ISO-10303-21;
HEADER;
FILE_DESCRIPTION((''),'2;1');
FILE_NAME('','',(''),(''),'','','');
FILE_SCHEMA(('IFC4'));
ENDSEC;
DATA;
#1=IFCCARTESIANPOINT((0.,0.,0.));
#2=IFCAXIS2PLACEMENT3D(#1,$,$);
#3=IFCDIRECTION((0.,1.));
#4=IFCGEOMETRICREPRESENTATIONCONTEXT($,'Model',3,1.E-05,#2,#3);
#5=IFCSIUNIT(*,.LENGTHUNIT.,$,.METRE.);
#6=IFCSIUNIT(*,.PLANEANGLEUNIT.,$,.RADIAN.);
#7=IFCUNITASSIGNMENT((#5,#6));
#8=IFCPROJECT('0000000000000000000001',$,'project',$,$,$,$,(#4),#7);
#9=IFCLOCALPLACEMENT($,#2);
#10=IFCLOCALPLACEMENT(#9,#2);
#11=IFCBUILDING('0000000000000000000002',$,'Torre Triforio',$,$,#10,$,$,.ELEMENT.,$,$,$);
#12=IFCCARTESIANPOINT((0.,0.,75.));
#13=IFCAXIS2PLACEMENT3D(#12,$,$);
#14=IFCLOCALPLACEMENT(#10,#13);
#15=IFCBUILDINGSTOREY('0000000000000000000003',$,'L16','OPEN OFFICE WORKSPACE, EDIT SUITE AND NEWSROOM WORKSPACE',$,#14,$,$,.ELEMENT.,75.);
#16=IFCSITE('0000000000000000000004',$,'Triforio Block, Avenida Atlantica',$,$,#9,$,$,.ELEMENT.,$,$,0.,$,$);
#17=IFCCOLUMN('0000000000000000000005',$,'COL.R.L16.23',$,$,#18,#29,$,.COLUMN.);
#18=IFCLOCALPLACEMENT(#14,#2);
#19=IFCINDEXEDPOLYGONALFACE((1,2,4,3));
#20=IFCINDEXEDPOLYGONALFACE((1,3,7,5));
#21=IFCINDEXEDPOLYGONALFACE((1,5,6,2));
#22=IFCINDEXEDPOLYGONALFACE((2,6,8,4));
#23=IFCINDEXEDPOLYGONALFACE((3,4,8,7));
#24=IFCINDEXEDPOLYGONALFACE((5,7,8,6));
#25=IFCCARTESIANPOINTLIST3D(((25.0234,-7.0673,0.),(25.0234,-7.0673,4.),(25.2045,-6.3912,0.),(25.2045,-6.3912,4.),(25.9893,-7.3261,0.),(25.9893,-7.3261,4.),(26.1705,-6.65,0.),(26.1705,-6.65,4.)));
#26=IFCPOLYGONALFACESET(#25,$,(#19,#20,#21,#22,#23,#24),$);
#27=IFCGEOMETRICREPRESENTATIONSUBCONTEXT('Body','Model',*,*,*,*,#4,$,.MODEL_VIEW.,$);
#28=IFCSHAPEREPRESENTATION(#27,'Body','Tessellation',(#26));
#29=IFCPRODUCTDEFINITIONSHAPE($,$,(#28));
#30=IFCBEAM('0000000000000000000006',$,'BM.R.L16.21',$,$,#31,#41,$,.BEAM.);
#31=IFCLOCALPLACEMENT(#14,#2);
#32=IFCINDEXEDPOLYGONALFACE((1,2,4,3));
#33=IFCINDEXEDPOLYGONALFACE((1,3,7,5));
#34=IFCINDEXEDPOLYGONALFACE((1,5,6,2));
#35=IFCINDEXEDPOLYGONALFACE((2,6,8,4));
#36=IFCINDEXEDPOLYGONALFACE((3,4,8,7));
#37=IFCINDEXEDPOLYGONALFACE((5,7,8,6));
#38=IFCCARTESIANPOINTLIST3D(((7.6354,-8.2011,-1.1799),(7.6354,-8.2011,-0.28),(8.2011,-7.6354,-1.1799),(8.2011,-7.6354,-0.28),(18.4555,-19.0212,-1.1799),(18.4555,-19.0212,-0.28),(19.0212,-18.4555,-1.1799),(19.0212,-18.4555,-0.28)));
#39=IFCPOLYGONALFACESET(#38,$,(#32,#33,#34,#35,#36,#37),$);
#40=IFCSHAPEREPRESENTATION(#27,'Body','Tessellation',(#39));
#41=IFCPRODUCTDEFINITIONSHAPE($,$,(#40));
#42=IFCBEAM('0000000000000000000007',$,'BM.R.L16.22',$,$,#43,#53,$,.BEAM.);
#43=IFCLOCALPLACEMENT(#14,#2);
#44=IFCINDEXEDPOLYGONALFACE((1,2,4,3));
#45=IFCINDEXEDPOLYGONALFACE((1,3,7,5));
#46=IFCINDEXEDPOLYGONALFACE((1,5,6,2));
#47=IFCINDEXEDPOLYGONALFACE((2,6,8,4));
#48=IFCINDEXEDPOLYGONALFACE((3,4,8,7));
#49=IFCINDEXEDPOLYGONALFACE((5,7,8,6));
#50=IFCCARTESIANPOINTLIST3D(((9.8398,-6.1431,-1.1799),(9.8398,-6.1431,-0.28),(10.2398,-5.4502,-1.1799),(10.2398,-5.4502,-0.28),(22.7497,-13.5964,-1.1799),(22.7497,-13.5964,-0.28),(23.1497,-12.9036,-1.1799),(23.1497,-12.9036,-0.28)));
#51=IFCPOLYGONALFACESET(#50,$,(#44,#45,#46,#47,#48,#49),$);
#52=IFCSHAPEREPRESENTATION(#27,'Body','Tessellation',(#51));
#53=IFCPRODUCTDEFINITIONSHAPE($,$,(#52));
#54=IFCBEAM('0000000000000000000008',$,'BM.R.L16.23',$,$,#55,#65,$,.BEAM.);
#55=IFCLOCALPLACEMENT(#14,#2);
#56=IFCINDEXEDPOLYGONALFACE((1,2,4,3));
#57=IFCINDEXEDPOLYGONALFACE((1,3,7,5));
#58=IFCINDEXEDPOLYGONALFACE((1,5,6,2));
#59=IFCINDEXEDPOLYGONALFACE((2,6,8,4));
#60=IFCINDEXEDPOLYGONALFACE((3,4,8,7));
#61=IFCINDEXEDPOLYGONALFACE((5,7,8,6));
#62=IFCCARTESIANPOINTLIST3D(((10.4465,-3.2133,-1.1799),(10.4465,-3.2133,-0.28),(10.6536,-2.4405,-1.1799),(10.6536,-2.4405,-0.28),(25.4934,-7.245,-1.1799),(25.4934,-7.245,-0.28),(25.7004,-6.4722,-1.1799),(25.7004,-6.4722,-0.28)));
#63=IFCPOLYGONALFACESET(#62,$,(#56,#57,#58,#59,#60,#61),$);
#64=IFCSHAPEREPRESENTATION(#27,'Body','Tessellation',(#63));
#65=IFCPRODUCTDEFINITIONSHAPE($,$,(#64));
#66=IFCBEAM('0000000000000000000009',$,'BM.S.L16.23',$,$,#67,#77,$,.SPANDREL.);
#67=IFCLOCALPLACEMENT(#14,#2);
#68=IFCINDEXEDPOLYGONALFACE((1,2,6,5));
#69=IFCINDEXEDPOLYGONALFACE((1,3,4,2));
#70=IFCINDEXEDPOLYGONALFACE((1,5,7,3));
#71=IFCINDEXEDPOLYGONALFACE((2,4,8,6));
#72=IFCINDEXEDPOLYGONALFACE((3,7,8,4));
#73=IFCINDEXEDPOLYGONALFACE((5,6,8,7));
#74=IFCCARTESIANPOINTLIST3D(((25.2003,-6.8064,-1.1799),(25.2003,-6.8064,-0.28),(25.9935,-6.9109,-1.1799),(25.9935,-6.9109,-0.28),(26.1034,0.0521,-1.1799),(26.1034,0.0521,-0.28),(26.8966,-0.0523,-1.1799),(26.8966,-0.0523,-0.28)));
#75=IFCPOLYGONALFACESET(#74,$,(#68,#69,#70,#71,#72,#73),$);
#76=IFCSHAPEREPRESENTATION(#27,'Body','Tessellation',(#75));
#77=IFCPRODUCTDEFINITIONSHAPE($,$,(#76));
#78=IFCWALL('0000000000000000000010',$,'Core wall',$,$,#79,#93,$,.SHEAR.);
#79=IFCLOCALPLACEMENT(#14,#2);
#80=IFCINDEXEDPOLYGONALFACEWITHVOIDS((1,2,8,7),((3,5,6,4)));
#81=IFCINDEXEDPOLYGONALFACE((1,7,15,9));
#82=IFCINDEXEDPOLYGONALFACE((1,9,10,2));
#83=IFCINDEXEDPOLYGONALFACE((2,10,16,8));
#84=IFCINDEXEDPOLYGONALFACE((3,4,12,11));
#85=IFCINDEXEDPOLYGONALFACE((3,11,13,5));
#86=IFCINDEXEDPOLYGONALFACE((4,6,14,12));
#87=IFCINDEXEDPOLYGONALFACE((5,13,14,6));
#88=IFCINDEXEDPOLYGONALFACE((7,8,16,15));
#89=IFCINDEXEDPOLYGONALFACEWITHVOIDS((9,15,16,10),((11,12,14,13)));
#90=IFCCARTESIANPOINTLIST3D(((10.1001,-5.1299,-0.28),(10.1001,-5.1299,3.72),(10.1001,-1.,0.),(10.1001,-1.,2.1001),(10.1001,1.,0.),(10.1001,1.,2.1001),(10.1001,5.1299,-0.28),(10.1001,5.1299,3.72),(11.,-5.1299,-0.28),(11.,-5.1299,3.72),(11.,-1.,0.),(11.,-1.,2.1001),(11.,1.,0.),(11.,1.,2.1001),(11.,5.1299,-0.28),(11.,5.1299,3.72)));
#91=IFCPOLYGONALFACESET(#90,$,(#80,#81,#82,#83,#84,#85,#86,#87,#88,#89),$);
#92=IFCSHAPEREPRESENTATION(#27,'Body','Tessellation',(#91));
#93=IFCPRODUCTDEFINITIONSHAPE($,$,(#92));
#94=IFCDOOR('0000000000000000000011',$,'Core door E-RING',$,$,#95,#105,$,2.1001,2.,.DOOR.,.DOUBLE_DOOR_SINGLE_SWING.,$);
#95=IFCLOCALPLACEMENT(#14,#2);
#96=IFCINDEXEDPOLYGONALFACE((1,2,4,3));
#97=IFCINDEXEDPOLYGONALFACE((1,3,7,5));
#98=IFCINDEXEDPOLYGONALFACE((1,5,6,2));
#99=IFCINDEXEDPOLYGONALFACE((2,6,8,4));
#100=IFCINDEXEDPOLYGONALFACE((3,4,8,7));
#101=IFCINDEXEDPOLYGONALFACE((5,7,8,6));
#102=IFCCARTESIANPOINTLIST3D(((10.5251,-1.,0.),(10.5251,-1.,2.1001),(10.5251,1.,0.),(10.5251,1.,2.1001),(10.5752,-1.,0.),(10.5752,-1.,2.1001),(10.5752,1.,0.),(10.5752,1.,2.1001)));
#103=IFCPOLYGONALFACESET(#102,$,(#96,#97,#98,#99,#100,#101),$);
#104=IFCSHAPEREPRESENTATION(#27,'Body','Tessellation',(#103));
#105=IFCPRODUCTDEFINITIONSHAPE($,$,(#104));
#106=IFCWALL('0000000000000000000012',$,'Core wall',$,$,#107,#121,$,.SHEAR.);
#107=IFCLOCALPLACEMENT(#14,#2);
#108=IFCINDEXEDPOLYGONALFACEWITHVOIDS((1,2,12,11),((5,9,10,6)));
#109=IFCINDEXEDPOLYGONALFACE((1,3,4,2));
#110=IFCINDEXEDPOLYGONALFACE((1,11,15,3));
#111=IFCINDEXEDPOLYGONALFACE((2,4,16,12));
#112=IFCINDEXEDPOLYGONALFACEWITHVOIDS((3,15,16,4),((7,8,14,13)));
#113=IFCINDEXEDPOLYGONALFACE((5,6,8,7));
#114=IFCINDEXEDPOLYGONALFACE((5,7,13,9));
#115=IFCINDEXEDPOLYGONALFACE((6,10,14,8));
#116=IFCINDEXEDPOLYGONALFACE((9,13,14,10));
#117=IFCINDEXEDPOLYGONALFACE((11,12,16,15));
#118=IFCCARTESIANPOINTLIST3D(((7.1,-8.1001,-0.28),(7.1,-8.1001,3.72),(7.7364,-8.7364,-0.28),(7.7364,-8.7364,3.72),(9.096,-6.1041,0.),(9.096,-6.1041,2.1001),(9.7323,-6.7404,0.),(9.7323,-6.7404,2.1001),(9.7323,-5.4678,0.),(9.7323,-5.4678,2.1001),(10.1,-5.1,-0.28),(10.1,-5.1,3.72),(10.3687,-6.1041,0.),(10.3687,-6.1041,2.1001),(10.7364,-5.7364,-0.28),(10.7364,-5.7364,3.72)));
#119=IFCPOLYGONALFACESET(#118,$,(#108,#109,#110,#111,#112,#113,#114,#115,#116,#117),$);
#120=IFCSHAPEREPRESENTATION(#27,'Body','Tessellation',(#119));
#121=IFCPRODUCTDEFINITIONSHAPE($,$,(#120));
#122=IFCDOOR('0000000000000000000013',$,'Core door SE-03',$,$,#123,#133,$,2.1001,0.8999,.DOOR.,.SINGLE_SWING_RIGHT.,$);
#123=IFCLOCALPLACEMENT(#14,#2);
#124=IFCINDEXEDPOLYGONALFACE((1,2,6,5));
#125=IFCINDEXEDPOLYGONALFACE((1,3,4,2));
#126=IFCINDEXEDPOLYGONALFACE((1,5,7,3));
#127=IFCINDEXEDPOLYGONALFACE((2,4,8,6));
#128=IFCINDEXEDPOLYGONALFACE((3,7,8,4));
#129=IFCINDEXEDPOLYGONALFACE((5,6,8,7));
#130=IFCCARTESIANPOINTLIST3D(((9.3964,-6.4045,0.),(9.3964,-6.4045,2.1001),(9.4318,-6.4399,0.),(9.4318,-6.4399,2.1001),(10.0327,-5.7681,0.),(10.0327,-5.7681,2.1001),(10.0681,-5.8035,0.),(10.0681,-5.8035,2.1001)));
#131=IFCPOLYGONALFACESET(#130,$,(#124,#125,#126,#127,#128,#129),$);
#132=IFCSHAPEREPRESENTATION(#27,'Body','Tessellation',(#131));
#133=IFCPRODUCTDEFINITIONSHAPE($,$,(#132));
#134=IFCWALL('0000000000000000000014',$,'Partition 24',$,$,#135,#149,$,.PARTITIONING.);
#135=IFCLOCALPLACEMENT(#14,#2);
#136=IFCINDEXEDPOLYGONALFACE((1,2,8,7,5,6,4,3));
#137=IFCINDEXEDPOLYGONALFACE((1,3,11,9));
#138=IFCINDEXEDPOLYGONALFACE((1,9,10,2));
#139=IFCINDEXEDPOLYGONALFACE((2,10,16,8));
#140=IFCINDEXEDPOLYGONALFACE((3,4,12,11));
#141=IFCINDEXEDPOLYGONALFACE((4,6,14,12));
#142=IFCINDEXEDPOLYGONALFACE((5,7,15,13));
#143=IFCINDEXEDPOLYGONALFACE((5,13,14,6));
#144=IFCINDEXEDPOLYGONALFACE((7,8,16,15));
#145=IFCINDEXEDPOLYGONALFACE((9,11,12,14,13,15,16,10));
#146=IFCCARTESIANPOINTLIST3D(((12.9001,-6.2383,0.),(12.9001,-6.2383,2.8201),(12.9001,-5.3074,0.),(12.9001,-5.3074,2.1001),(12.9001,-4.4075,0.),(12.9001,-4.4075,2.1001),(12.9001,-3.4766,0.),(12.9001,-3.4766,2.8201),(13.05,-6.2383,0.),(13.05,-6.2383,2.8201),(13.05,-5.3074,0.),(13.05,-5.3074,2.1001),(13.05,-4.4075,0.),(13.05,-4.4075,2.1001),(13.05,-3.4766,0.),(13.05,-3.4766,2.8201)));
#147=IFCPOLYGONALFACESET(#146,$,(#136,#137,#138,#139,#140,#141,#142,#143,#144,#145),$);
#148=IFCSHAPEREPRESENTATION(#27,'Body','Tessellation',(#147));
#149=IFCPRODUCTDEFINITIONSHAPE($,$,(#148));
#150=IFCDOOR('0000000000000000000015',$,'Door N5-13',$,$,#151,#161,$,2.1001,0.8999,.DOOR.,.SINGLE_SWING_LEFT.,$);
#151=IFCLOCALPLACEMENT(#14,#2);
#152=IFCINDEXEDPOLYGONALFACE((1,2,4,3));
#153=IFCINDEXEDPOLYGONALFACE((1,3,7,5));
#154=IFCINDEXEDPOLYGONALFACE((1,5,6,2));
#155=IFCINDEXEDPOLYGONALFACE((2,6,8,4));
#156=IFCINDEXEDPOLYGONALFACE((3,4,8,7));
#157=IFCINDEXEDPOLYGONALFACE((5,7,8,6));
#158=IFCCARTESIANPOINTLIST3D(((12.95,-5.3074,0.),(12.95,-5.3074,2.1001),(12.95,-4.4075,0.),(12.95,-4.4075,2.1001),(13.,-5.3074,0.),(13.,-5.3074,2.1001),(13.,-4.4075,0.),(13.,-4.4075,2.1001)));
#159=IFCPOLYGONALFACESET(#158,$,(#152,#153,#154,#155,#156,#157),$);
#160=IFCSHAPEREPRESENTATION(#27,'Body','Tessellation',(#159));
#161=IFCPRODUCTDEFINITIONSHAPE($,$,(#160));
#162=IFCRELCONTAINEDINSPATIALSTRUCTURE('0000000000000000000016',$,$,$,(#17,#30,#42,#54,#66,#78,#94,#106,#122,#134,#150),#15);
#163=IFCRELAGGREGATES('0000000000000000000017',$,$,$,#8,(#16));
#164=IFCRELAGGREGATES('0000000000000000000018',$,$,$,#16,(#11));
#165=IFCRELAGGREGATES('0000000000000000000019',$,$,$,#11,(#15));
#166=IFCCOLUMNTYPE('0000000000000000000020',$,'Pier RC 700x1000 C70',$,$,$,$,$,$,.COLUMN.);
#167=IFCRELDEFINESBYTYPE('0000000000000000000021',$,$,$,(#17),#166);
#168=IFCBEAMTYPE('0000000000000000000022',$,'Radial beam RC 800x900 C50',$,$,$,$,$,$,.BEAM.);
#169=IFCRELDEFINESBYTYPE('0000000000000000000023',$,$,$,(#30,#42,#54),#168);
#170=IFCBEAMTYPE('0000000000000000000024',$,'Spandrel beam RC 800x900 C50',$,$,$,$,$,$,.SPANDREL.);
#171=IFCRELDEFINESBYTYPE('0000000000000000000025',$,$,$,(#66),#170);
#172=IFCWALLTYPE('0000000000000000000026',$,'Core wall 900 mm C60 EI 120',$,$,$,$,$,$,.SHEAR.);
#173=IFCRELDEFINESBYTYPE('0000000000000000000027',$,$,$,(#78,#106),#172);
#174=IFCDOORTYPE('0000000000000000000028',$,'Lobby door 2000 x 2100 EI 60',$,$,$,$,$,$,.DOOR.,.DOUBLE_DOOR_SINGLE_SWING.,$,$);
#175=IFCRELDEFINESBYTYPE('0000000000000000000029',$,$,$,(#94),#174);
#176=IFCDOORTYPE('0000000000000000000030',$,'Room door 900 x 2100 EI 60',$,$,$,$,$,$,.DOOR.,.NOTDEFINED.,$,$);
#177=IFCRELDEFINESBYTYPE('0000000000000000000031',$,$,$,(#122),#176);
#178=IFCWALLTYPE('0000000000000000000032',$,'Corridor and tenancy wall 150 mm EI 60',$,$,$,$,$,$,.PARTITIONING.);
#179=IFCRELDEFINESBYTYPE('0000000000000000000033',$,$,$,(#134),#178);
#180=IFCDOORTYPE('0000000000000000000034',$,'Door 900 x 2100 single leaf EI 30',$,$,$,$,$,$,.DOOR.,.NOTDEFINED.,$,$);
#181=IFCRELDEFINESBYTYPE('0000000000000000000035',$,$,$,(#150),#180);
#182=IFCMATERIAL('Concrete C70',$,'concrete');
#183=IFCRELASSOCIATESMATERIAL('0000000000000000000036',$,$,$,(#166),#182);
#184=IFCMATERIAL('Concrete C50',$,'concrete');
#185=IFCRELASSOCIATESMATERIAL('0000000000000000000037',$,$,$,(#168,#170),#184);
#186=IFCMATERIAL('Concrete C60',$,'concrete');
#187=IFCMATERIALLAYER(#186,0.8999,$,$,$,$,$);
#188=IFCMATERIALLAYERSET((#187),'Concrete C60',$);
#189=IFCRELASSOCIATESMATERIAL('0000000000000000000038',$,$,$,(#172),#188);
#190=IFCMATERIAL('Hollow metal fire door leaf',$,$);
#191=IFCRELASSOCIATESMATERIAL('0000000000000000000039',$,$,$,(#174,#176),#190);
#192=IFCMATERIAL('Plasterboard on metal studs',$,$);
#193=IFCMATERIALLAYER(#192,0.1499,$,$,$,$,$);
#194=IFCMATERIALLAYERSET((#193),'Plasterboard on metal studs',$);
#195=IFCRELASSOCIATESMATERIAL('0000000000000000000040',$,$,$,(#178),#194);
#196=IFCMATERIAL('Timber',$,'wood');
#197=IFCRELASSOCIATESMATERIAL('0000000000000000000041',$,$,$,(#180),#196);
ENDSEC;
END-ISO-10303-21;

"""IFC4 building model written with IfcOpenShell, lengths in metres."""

from ifc_helpers import new_model, si_unit, direction, frame, frame_2d, origin, origin_2d, place, context, subcontext, project, spatial, rectangle, extrude, material, layer, layer_set, material_profile, profile_set, type_object, element, fill, save


model = new_model("IFC4")

# Units and contexts
model_context = context("Model", 3, precision=1e-05, world=origin(), true_north=direction((0.0, 1.0)))
body_context = subcontext(model_context, "Body", "Model", "MODEL_VIEW")
ifc_project = project(units=[si_unit("LENGTHUNIT", "METRE"), si_unit("PLANEANGLEUNIT", "RADIAN")], contexts=[model_context])

# Site, building, storey
site_placement = place(None, origin())
site = spatial("IfcSite", under=ifc_project, at=site_placement, Name="Triforio Block, Avenida Atlantica", CompositionType="ELEMENT", RefElevation=0.0)
building_placement = place(site_placement, origin())
building = spatial("IfcBuilding", under=site, at=building_placement, Name="Torre Triforio", CompositionType="ELEMENT")
storey_placement = place(building_placement, frame((0.0, 0.0, 75.0)))
storey = spatial("IfcBuildingStorey", under=building, at=storey_placement, Name="L16", Description="OPEN OFFICE WORKSPACE, EDIT SUITE AND NEWSROOM WORKSPACE", CompositionType="ELEMENT", Elevation=75.0)

# Column
ifc_material_1 = material(Name="Concrete C70", Category="concrete")
ifc_material_profile_1 = material_profile(ifc_material_1, rectangle(XDim=0.7, YDim=1.0, at=origin_2d()), Name="RC 700x1000")
ifc_profile_set_1 = profile_set([ifc_material_profile_1], Name="Concrete C70")
column_type = type_object("IfcColumnType", Name="Pier RC 700x1000 C70", PredefinedType="COLUMN", material=ifc_profile_set_1)
column_placement = place(storey_placement, frame((25.5969, -6.8586, 0.0), z_axis=(0.0, 0.0, 1.0), x_axis=(0.258819, 0.965926, 0.0)))
element("IfcColumn", 1, at=column_placement, inside=storey, type_object=column_type, Name="COL.R.L16.23", PredefinedType="COLUMN", context=body_context, shape_type="SweptSolid", body=[
    extrude(rectangle(XDim=0.7, YDim=1.0, at=origin_2d()), origin(), (0.0, 0.0, 1.0), 4.0),
])

# Beams
ifc_material_2 = material(Name="Concrete C50", Category="concrete")
ifc_material_profile_2 = material_profile(ifc_material_2, rectangle(XDim=0.8, YDim=0.8999, at=origin_2d()), Name="RC 800x900")
ifc_profile_set_2 = profile_set([ifc_material_profile_2], Name="Concrete C50")
beam_type_1 = type_object("IfcBeamType", Name="Radial beam RC 800x900 C50", PredefinedType="BEAM", material=ifc_profile_set_2)
beam_1_placement = place(storey_placement, frame((7.9182, -7.9182, -0.73), z_axis=(0.707107, -0.707107, 0.0), x_axis=(0.707107, 0.707107, 0.0)))
element("IfcBeam", 2, at=beam_1_placement, inside=storey, type_object=beam_type_1, Name="BM.R.L16.21", PredefinedType="BEAM", context=body_context, shape_type="SweptSolid", body=[
    extrude(rectangle(XDim=0.8, YDim=0.8999, at=origin_2d()), origin(), (0.0, 0.0, 1.0), 15.302),
])
beam_2_placement = place(storey_placement, frame((10.0398, -5.7966, -0.73), z_axis=(0.86603, -0.499991, 0.0), x_axis=(0.499991, 0.86603, 0.0)))
element("IfcBeam", 3, at=beam_2_placement, inside=storey, type_object=beam_type_1, Name="BM.R.L16.22", PredefinedType="BEAM", context=body_context, shape_type="SweptSolid", body=[
    extrude(rectangle(XDim=0.8, YDim=0.8999, at=origin_2d()), origin(), (0.0, 0.0, 1.0), 14.907),
])
beam_3_placement = place(storey_placement, frame((10.55, -2.8269, -0.73), z_axis=(0.965927, -0.258815, 0.0), x_axis=(0.258815, 0.965927, 0.0)))
element("IfcBeam", 4, at=beam_3_placement, inside=storey, type_object=beam_type_1, Name="BM.R.L16.23", PredefinedType="BEAM", context=body_context, shape_type="SweptSolid", body=[
    extrude(rectangle(XDim=0.8, YDim=0.8999, at=origin_2d()), origin(), (0.0, 0.0, 1.0), 15.5776),
])
ifc_material_profile_3 = material_profile(ifc_material_2, rectangle(XDim=0.8, YDim=0.8999, at=origin_2d()), Name="RC 800x900")
ifc_profile_set_3 = profile_set([ifc_material_profile_3], Name="Concrete C50")
beam_type_2 = type_object("IfcBeamType", Name="Spandrel beam RC 800x900 C50", PredefinedType="SPANDREL", material=ifc_profile_set_3)
beam_4_placement = place(storey_placement, frame((25.5969, -6.8586, -0.73), z_axis=(0.130543, 0.991443, 0.0), x_axis=(-0.991443, 0.130543, 0.0)))
element("IfcBeam", 5, at=beam_4_placement, inside=storey, type_object=beam_type_2, Name="BM.S.L16.23", PredefinedType="SPANDREL", context=body_context, shape_type="SweptSolid", body=[
    extrude(rectangle(XDim=0.8, YDim=0.8999, at=origin_2d()), origin(), (0.0, 0.0, 1.0), 6.9177),
])

# Walls, openings, doors
ifc_material_3 = material(Name="Concrete C60", Category="concrete")
ifc_layer_1 = layer(ifc_material_3, 0.8999)
ifc_layer_set_1 = layer_set([ifc_layer_1], Name="Concrete C60")
wall_type_1 = type_object("IfcWallType", Name="Core wall 900 mm C60 EI 120", PredefinedType="SHEAR", material=ifc_layer_set_1)
wall_1_placement = place(storey_placement, frame((10.55, -5.1299, -0.28), z_axis=(0.0, 0.0, 1.0), x_axis=(0.0, 1.0, 0.0)))
wall_1 = element("IfcWall", 6, at=wall_1_placement, inside=storey, type_object=wall_type_1, Name="Core wall", PredefinedType="SHEAR", context=body_context, shape_type="SweptSolid", body=[
    extrude(rectangle(XDim=10.2598, YDim=0.8999, at=frame_2d((5.1299, 0.0))), origin(), (0.0, 0.0, 1.0), 4.0),
])
opening_1_placement = place(wall_1_placement, frame((4.1299, 0.0, 0.28)))
opening_1 = element("IfcOpeningElement", 7, at=opening_1_placement, cuts=wall_1, PredefinedType="OPENING", context=body_context, shape_type="SweptSolid", body=[
    extrude(rectangle(XDim=2.0, YDim=2.1001, at=frame_2d((1.0, 1.05))), frame((0.0, 0.46, 0.0), z_axis=(0.0, -1.0, 0.0), x_axis=(1.0, 0.0, 0.0)), (0.0, 0.0, 1.0), 0.9199),
])
ifc_material_4 = material(Name="Hollow metal fire door leaf")
door_type_1 = type_object("IfcDoorType", Name="Lobby door 2000 x 2100 EI 60", OperationType="DOUBLE_DOOR_SINGLE_SWING", PredefinedType="DOOR", material=ifc_material_4)
door_1_placement = place(opening_1_placement, origin())
door_1 = element("IfcDoor", 8, at=door_1_placement, inside=storey, type_object=door_type_1, Name="Core door E-RING", OperationType="DOUBLE_DOOR_SINGLE_SWING", OverallHeight=2.1001, OverallWidth=2.0, PredefinedType="DOOR", context=body_context, shape_type="SweptSolid", body=[
    extrude(rectangle(XDim=2.0, YDim=2.1001, at=frame_2d((1.0, 1.05))), frame((0.0, 0.0249, 0.0), z_axis=(0.0, -1.0, 0.0), x_axis=(1.0, 0.0, 0.0)), (0.0, 0.0, 1.0), 0.05),
])
fill(opening_1, door_1)
wall_2_placement = place(storey_placement, frame((10.4182, -5.4182, -0.28), z_axis=(0.0, 0.0, 1.0), x_axis=(-0.707107, -0.707107, 0.0)))
wall_2 = element("IfcWall", 9, at=wall_2_placement, inside=storey, type_object=wall_type_1, Name="Core wall", PredefinedType="SHEAR", context=body_context, shape_type="SweptSolid", body=[
    extrude(rectangle(XDim=4.2427, YDim=0.8999, at=frame_2d((2.1213, 0.0))), origin(), (0.0, 0.0, 1.0), 4.0),
])
opening_2_placement = place(wall_2_placement, frame((0.52, 0.0, 0.28)))
opening_2 = element("IfcOpeningElement", 10, at=opening_2_placement, cuts=wall_2, PredefinedType="OPENING", context=body_context, shape_type="SweptSolid", body=[
    extrude(rectangle(XDim=0.8999, YDim=2.1001, at=frame_2d((0.45, 1.05))), frame((0.0, 0.46, 0.0), z_axis=(0.0, -1.0, 0.0), x_axis=(1.0, 0.0, 0.0)), (0.0, 0.0, 1.0), 0.9199),
])
door_type_2 = type_object("IfcDoorType", Name="Room door 900 x 2100 EI 60", OperationType="NOTDEFINED", PredefinedType="DOOR", material=ifc_material_4)
door_2_placement = place(opening_2_placement, origin())
door_2 = element("IfcDoor", 11, at=door_2_placement, inside=storey, type_object=door_type_2, Name="Core door SE-03", OperationType="SINGLE_SWING_RIGHT", OverallHeight=2.1001, OverallWidth=0.8999, PredefinedType="DOOR", context=body_context, shape_type="SweptSolid", body=[
    extrude(rectangle(XDim=0.8999, YDim=2.1001, at=frame_2d((0.45, 1.05))), frame((0.0, 0.0249, 0.0), z_axis=(0.0, -1.0, 0.0), x_axis=(1.0, 0.0, 0.0)), (0.0, 0.0, 1.0), 0.05),
])
fill(opening_2, door_2)
ifc_material_5 = material(Name="Plasterboard on metal studs")
ifc_layer_2 = layer(ifc_material_5, 0.1499)
ifc_layer_set_2 = layer_set([ifc_layer_2], Name="Plasterboard on metal studs")
wall_type_2 = type_object("IfcWallType", Name="Corridor and tenancy wall 150 mm EI 60", PredefinedType="PARTITIONING", material=ifc_layer_set_2)
wall_3_placement = place(storey_placement, frame((12.9751, -3.4766, 0.0), z_axis=(0.0, 0.0, 1.0), x_axis=(0.0, -1.0, 0.0)))
wall_3 = element("IfcWall", 12, at=wall_3_placement, inside=storey, type_object=wall_type_2, Name="Partition 24", PredefinedType="PARTITIONING", context=body_context, shape_type="SweptSolid", body=[
    extrude(rectangle(XDim=2.7617, YDim=0.1499, at=frame_2d((1.3809, 0.0))), origin(), (0.0, 0.0, 1.0), 2.8201),
])
opening_3_placement = place(wall_3_placement, frame((0.9309, 0.0, 0.0)))
opening_3 = element("IfcOpeningElement", 13, at=opening_3_placement, cuts=wall_3, PredefinedType="OPENING", context=body_context, shape_type="SweptSolid", body=[
    extrude(rectangle(XDim=0.8999, YDim=2.1001, at=frame_2d((0.45, 1.05))), frame((0.0, 0.085, 0.0), z_axis=(0.0, -1.0, 0.0), x_axis=(1.0, 0.0, 0.0)), (0.0, 0.0, 1.0), 0.1699),
])
ifc_material_6 = material(Name="Timber", Category="wood")
door_type_3 = type_object("IfcDoorType", Name="Door 900 x 2100 single leaf EI 30", OperationType="NOTDEFINED", PredefinedType="DOOR", material=ifc_material_6)
door_3_placement = place(opening_3_placement, origin())
door_3 = element("IfcDoor", 14, at=door_3_placement, inside=storey, type_object=door_type_3, Name="Door N5-13", OperationType="SINGLE_SWING_LEFT", OverallHeight=2.1001, OverallWidth=0.8999, PredefinedType="DOOR", context=body_context, shape_type="SweptSolid", body=[
    extrude(rectangle(XDim=0.8999, YDim=2.1001, at=frame_2d((0.45, 1.05))), frame((0.0, 0.0249, 0.0), z_axis=(0.0, -1.0, 0.0), x_axis=(1.0, 0.0, 0.0)), (0.0, 0.0, 1.0), 0.05),
])
fill(opening_3, door_3)

save(model, "model.ifc")
